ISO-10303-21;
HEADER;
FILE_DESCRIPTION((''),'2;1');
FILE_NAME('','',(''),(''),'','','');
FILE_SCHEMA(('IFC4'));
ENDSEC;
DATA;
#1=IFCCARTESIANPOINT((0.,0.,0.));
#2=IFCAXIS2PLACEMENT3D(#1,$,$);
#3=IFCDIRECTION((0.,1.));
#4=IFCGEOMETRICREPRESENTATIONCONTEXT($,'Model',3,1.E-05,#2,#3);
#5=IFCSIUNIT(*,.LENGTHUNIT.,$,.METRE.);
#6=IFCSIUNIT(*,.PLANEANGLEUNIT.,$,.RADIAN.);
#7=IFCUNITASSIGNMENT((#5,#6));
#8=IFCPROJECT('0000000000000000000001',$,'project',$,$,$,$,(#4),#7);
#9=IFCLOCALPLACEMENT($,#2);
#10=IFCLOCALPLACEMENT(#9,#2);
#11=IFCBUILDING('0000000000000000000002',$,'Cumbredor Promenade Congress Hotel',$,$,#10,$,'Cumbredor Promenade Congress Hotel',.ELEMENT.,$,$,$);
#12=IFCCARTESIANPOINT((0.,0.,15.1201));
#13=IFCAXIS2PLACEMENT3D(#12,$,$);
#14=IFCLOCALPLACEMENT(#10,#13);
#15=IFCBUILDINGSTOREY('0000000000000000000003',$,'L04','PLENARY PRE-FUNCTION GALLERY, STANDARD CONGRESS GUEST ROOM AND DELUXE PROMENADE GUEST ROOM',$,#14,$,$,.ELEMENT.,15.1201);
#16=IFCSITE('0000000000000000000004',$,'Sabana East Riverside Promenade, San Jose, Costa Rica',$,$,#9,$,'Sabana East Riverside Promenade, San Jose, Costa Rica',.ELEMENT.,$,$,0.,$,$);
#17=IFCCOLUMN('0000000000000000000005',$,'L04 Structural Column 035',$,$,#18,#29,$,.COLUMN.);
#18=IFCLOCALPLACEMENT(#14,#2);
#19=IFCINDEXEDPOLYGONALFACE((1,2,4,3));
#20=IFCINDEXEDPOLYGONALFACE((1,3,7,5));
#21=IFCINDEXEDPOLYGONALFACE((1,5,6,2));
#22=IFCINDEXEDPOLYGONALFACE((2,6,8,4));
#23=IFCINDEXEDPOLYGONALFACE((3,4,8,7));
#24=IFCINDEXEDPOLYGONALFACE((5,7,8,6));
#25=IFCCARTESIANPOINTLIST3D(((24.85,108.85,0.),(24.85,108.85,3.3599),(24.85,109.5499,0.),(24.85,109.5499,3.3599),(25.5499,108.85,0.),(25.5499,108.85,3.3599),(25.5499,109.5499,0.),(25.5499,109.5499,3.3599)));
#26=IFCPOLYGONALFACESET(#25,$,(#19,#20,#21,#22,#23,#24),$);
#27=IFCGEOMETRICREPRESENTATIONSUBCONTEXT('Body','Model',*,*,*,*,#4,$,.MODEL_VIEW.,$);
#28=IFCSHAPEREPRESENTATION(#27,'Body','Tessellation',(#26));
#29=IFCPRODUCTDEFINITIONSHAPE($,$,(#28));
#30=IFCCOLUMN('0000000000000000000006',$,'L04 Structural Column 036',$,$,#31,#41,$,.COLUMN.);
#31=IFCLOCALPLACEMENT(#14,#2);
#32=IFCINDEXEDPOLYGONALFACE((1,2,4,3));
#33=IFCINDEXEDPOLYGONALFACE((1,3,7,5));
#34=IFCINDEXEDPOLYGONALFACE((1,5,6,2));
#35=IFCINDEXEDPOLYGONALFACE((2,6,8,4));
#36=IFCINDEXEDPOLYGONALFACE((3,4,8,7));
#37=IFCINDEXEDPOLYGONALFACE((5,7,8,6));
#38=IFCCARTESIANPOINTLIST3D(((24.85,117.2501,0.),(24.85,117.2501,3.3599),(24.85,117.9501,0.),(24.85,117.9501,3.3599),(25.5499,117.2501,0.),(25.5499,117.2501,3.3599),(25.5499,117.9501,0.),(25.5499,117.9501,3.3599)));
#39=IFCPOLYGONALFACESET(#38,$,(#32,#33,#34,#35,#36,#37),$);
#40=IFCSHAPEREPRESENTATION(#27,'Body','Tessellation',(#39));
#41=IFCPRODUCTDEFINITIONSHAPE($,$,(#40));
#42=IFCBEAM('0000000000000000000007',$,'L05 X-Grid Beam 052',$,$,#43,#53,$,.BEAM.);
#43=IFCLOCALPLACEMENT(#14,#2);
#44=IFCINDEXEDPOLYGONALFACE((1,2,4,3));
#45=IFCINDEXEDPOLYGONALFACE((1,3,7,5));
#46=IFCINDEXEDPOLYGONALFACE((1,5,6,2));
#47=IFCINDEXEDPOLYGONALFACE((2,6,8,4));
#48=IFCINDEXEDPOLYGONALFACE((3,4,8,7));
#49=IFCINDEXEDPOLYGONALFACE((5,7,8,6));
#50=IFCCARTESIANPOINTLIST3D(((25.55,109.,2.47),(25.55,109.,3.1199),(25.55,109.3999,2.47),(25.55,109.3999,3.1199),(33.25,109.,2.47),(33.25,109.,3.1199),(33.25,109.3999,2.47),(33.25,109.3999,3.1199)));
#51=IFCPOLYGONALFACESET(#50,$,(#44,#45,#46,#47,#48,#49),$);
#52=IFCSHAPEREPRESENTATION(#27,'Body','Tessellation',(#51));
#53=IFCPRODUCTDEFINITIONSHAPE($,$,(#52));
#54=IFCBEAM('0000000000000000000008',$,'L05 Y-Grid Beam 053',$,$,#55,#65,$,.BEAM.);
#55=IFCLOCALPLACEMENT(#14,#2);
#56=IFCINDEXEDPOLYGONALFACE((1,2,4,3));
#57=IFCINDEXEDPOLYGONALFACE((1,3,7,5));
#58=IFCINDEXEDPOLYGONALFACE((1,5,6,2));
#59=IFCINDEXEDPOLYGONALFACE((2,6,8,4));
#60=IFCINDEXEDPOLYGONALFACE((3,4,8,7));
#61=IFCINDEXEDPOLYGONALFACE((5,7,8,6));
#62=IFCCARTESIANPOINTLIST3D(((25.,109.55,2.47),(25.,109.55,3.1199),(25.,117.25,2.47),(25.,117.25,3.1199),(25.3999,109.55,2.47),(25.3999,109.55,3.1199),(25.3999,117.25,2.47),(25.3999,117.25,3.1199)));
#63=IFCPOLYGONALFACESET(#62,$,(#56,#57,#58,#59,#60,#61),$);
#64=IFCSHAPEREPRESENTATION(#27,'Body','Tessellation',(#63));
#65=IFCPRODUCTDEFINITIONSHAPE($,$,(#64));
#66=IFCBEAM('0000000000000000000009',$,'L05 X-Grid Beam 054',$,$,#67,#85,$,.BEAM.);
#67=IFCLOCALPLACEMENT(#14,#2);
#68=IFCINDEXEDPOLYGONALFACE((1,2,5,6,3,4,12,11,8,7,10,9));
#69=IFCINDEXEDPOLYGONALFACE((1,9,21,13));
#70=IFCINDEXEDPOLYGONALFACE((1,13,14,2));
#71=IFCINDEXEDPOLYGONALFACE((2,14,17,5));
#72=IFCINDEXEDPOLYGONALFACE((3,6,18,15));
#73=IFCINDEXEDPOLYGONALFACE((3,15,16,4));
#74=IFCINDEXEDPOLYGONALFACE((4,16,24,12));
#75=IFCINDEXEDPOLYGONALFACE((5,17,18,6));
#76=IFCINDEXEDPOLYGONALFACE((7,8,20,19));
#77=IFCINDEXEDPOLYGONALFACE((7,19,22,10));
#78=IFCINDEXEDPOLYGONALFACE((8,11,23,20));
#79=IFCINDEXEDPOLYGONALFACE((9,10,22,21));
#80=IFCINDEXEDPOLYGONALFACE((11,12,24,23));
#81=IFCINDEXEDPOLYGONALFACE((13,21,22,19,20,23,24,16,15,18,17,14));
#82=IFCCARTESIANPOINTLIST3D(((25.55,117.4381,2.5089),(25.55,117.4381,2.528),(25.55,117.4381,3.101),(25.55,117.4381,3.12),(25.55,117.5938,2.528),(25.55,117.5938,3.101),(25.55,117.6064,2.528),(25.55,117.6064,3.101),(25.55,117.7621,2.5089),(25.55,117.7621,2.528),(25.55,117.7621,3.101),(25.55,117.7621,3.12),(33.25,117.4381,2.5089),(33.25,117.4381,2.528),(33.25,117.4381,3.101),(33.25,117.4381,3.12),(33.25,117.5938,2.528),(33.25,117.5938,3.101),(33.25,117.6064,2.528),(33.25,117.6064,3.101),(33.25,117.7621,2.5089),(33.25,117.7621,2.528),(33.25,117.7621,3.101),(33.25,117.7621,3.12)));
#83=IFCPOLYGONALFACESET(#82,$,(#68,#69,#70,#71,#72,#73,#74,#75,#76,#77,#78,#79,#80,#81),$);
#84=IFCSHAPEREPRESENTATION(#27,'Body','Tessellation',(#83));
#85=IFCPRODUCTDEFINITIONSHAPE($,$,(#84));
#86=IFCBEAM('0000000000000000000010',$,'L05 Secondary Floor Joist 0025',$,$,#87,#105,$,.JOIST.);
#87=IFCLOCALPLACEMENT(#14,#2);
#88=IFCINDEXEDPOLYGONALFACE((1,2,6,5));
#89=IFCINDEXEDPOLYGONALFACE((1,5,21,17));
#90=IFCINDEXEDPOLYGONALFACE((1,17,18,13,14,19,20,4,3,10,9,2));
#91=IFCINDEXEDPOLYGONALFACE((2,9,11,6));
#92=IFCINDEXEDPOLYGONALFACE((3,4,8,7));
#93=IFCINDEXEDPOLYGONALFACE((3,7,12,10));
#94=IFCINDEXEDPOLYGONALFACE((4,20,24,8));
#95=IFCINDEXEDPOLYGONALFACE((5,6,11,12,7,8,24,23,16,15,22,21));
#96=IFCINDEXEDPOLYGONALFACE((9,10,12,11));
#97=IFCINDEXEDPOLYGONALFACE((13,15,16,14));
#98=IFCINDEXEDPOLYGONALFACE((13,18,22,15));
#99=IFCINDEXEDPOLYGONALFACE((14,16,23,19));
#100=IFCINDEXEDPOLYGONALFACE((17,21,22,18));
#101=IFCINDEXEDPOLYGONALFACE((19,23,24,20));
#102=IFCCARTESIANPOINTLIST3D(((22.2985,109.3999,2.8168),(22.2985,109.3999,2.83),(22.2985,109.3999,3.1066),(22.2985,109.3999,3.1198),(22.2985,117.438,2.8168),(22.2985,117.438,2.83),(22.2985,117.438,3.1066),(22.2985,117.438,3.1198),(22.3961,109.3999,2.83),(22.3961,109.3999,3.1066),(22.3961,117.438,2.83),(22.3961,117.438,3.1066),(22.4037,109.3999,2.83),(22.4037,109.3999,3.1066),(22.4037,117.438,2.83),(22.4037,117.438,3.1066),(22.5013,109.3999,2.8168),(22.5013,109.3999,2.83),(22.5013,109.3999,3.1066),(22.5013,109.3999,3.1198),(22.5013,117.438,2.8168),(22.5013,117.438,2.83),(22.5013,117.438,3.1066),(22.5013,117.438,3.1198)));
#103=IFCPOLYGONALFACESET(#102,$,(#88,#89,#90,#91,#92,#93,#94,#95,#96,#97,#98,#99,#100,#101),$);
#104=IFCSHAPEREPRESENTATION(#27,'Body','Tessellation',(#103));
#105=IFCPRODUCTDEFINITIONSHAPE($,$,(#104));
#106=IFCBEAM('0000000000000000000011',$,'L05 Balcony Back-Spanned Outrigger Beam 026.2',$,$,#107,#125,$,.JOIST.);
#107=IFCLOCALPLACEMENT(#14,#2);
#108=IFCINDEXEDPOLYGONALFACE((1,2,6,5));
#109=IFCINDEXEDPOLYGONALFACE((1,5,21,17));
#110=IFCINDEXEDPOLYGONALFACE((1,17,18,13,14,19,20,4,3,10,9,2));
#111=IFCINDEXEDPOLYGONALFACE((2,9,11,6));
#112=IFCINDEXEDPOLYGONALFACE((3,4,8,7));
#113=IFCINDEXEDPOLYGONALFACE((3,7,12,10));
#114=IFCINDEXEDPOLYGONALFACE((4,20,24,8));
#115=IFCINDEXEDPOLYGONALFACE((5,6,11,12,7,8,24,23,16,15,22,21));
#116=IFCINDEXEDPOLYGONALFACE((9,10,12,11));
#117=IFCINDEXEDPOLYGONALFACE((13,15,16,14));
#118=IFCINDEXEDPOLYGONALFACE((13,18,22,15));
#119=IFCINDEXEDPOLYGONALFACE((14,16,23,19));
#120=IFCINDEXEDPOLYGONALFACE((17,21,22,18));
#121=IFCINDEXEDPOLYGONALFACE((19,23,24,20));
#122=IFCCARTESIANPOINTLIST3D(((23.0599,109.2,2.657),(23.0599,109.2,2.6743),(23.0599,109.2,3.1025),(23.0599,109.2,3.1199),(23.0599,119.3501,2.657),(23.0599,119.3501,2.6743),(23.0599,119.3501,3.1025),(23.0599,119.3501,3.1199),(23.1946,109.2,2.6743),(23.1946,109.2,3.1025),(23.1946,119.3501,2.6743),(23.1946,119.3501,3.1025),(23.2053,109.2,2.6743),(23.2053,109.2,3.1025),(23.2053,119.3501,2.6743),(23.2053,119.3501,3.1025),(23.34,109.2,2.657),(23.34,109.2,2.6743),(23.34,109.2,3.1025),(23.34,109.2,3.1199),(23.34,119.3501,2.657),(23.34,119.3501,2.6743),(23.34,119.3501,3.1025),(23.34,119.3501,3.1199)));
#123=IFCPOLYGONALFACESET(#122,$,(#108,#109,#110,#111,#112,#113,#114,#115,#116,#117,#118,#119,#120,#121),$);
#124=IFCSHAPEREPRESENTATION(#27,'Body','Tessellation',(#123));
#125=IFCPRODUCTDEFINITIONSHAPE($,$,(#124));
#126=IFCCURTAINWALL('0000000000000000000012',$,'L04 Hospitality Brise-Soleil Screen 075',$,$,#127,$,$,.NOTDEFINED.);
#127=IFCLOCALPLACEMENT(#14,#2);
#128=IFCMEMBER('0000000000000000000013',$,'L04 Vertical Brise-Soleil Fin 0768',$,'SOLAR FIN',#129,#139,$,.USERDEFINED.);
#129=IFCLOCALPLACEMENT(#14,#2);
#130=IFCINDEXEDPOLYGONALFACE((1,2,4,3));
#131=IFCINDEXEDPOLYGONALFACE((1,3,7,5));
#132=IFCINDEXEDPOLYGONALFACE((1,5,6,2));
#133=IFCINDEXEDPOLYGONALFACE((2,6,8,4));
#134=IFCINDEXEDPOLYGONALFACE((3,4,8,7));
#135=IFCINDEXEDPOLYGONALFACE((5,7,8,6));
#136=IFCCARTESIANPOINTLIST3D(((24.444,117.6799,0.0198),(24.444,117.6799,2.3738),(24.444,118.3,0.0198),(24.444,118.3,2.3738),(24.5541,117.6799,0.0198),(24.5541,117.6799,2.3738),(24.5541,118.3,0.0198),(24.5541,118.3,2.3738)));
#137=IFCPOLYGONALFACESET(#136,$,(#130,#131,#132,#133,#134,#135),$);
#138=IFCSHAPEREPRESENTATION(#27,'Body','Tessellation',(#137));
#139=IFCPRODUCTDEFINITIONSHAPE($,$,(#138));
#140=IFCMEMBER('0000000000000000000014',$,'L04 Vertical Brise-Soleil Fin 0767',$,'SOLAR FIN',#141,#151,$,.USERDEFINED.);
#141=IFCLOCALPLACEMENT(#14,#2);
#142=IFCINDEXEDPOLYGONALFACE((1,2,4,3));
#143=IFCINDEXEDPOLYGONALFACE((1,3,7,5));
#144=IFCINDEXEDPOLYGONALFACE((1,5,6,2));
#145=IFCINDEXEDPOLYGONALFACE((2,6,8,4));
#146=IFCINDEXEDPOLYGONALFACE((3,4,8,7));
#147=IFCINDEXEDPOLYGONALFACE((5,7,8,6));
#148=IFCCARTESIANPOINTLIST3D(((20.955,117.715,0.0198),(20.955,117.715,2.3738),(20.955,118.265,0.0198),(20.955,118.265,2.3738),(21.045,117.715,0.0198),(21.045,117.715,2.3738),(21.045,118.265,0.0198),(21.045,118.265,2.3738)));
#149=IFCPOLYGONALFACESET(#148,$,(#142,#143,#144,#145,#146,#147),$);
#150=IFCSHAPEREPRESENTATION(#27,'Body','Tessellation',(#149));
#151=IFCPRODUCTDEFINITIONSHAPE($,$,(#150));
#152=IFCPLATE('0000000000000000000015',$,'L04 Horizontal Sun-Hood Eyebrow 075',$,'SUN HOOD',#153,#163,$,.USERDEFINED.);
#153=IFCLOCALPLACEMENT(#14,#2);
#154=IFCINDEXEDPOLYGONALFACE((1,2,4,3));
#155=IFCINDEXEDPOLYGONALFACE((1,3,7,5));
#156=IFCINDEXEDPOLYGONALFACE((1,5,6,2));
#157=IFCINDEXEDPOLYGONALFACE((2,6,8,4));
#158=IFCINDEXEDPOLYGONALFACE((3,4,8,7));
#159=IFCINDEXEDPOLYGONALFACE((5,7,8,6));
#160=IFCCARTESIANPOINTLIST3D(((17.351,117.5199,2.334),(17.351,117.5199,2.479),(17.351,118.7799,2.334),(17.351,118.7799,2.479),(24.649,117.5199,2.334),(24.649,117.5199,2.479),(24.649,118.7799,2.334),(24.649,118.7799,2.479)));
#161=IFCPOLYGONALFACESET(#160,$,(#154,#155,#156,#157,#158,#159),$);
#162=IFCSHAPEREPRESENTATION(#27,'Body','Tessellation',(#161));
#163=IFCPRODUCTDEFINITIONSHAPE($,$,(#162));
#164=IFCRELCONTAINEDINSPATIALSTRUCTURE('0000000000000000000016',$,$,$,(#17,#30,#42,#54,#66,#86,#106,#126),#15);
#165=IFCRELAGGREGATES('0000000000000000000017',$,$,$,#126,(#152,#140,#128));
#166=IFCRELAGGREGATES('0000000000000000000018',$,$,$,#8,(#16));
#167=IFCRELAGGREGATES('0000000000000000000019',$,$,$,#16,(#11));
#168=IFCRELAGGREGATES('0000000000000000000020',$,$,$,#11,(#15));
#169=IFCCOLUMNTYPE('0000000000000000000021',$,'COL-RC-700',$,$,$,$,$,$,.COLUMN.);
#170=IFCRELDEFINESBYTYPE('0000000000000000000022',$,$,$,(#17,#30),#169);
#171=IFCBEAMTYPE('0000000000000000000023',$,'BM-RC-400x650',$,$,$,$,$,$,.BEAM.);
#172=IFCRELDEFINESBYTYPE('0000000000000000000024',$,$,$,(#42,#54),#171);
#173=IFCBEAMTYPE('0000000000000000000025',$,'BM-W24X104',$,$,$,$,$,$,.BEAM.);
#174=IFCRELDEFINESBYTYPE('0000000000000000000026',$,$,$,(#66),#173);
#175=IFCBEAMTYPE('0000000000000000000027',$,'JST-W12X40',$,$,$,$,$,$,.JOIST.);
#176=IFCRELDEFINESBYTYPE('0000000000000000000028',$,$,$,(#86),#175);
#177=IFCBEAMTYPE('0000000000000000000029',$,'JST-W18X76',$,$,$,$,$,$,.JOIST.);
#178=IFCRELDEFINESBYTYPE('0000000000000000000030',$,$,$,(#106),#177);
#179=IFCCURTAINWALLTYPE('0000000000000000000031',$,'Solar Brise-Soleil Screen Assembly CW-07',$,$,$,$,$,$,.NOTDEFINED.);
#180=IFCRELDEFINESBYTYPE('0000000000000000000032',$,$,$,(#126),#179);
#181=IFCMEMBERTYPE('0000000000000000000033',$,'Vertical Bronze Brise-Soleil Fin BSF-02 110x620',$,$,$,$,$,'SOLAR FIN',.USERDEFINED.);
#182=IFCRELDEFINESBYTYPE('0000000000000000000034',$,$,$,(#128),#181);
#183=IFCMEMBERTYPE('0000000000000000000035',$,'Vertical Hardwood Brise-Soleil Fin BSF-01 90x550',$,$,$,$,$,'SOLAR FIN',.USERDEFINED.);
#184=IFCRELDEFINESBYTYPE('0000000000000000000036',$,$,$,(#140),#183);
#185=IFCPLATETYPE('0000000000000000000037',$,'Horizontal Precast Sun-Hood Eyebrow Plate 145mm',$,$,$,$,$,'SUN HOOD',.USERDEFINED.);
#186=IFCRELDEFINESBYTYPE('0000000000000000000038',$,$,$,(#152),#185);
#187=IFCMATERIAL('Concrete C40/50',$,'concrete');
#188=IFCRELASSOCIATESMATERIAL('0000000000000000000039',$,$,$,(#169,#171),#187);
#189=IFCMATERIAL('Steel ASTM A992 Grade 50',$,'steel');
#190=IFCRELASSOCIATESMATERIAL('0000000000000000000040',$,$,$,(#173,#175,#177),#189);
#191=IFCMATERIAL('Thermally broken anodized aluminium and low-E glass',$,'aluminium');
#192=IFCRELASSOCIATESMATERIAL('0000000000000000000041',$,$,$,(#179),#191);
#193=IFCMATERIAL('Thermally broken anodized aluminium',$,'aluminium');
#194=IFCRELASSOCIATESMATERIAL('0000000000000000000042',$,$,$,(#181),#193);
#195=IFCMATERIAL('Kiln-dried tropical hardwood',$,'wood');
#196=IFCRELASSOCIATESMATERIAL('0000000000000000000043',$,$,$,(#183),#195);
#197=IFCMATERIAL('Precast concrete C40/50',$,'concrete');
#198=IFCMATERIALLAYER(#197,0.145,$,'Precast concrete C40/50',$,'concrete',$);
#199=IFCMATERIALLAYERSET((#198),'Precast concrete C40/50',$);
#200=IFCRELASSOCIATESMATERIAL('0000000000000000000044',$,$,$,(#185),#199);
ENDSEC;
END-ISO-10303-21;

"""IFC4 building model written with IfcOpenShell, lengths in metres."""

from ifc_helpers import new_model, si_unit, direction, frame, origin, origin_2d, place, context, subcontext, project, spatial, rectangle, i_section, extrude, material, layer, layer_set, material_profile, profile_set, type_object, element, aggregate, save


model = new_model("IFC4")

# Units and contexts
model_context = context("Model", 3, precision=1e-05, world=origin(), true_north=direction((0.0, 1.0)))
body_context = subcontext(model_context, "Body", "Model", "MODEL_VIEW")
ifc_project = project(units=[si_unit("LENGTHUNIT", "METRE"), si_unit("PLANEANGLEUNIT", "RADIAN")], contexts=[model_context])

# Site, building, storey
site_placement = place(None, origin())
site = spatial("IfcSite", under=ifc_project, at=site_placement, Name="Sabana East Riverside Promenade, San Jose, Costa Rica", LongName="Sabana East Riverside Promenade, San Jose, Costa Rica", CompositionType="ELEMENT", RefElevation=0.0)
building_placement = place(site_placement, origin())
building = spatial("IfcBuilding", under=site, at=building_placement, Name="Cumbredor Promenade Congress Hotel", LongName="Cumbredor Promenade Congress Hotel", CompositionType="ELEMENT")
storey_placement = place(building_placement, frame((0.0, 0.0, 15.1201)))
storey = spatial("IfcBuildingStorey", under=building, at=storey_placement, Name="L04", Description="PLENARY PRE-FUNCTION GALLERY, STANDARD CONGRESS GUEST ROOM AND DELUXE PROMENADE GUEST ROOM", CompositionType="ELEMENT", Elevation=15.1201)

# Columns
ifc_material_1 = material(Name="Concrete C40/50", Category="concrete")
ifc_material_profile_1 = material_profile(ifc_material_1, rectangle(XDim=0.7, YDim=0.7, at=origin_2d()), Name="RC 700x700")
ifc_profile_set_1 = profile_set([ifc_material_profile_1], Name="Concrete C40/50")
column_type = type_object("IfcColumnType", Name="COL-RC-700", PredefinedType="COLUMN", material=ifc_profile_set_1)
for number, where, z_axis, x_axis, name in (
    (1, (25.2, 109.2, 0.0), (0.0, 0.0, 1.0), (1.0, 0.0, 0.0), "L04 Structural Column 035"),
    (2, (25.2, 117.6001, 0.0), (0.0, 0.0, 1.0), (1.0, 0.0, 0.0), "L04 Structural Column 036"),
):
    element("IfcColumn", number, at=place(storey_placement, frame(where, z_axis=z_axis, x_axis=x_axis)), inside=storey, type_object=column_type, Name=name, PredefinedType="COLUMN", context=body_context, shape_type="SweptSolid", body=[
        extrude(rectangle(XDim=0.7, YDim=0.7, at=origin_2d()), origin(), (0.0, 0.0, 1.0), 3.3599),
    ])

# Beams
ifc_material_profile_2 = material_profile(ifc_material_1, rectangle(XDim=0.3999, YDim=0.6499, at=origin_2d()), Name="RC BEAM 400x650")
ifc_profile_set_2 = profile_set([ifc_material_profile_2], Name="Concrete C40/50")
beam_type_1 = type_object("IfcBeamType", Name="BM-RC-400x650", PredefinedType="BEAM", material=ifc_profile_set_2)
for number, where, z_axis, x_axis, name in (
    (3, (25.55, 109.2, 2.7949), (1.0, 0.0, 0.0), (0.0, 1.0, 0.0), "L05 X-Grid Beam 052"),
    (4, (25.2, 109.55, 2.7949), (0.0, 1.0, 0.0), (-1.0, 0.0, 0.0), "L05 Y-Grid Beam 053"),
):
    element("IfcBeam", number, at=place(storey_placement, frame(where, z_axis=z_axis, x_axis=x_axis)), inside=storey, type_object=beam_type_1, Name=name, PredefinedType="BEAM", context=body_context, shape_type="SweptSolid", body=[
        extrude(rectangle(XDim=0.3999, YDim=0.6499, at=origin_2d()), origin(), (0.0, 0.0, 1.0), 7.7),
    ])
ifc_material_2 = material(Name="Steel ASTM A992 Grade 50", Category="steel")
ifc_material_profile_3 = material_profile(ifc_material_2, i_section(OverallWidth=0.324, OverallDepth=0.6111, WebThickness=0.0127, FlangeThickness=0.019, at=origin_2d()), Name="W24X104")
ifc_profile_set_3 = profile_set([ifc_material_profile_3], Name="Steel ASTM A992 Grade 50")
beam_type_2 = type_object("IfcBeamType", Name="BM-W24X104", PredefinedType="BEAM", material=ifc_profile_set_3)
beam_1_placement = place(storey_placement, frame((25.55, 117.6001, 2.8145), z_axis=(1.0, 0.0, 0.0), x_axis=(0.0, 1.0, 0.0)))
element("IfcBeam", 5, at=beam_1_placement, inside=storey, type_object=beam_type_2, Name="L05 X-Grid Beam 054", PredefinedType="BEAM", context=body_context, shape_type="SweptSolid", body=[
    extrude(i_section(OverallWidth=0.324, OverallDepth=0.6111, WebThickness=0.0127, FlangeThickness=0.019, at=origin_2d()), origin(), (0.0, 0.0, 1.0), 7.7),
])
ifc_material_profile_4 = material_profile(ifc_material_2, i_section(OverallWidth=0.2029, OverallDepth=0.303, WebThickness=0.0076, FlangeThickness=0.0132, at=origin_2d()), Name="W12X40")
ifc_profile_set_4 = profile_set([ifc_material_profile_4], Name="Steel ASTM A992 Grade 50")
beam_type_3 = type_object("IfcBeamType", Name="JST-W12X40", PredefinedType="JOIST", material=ifc_profile_set_4)
beam_2_placement = place(storey_placement, frame((22.3999, 109.3999, 2.9683), z_axis=(0.0, 1.0, 0.0), x_axis=(-1.0, 0.0, 0.0)))
element("IfcBeam", 6, at=beam_2_placement, inside=storey, type_object=beam_type_3, Name="L05 Secondary Floor Joist 0025", PredefinedType="JOIST", context=body_context, shape_type="SweptSolid", body=[
    extrude(i_section(OverallWidth=0.2029, OverallDepth=0.303, WebThickness=0.0076, FlangeThickness=0.0132, at=origin_2d()), origin(), (0.0, 0.0, 1.0), 8.0381),
])
ifc_material_profile_5 = material_profile(ifc_material_2, i_section(OverallWidth=0.28, OverallDepth=0.4629, WebThickness=0.0107, FlangeThickness=0.0173, at=origin_2d()), Name="W18X76")
ifc_profile_set_5 = profile_set([ifc_material_profile_5], Name="Steel ASTM A992 Grade 50")
beam_type_4 = type_object("IfcBeamType", Name="JST-W18X76", PredefinedType="JOIST", material=ifc_profile_set_5)
beam_3_placement = place(storey_placement, frame((23.2, 109.2, 2.8884), z_axis=(0.0, 1.0, 0.0), x_axis=(-1.0, 0.0, 0.0)))
element("IfcBeam", 7, at=beam_3_placement, inside=storey, type_object=beam_type_4, Name="L05 Balcony Back-Spanned Outrigger Beam 026.2", PredefinedType="JOIST", context=body_context, shape_type="SweptSolid", body=[
    extrude(i_section(OverallWidth=0.28, OverallDepth=0.4629, WebThickness=0.0107, FlangeThickness=0.0173, at=origin_2d()), origin(), (0.0, 0.0, 1.0), 10.1501),
])

# Curtain wall, members, plate
ifc_material_3 = material(Name="Thermally broken anodized aluminium and low-E glass", Category="aluminium")
curtain_wall_type = type_object("IfcCurtainWallType", Name="Solar Brise-Soleil Screen Assembly CW-07", PredefinedType="NOTDEFINED", material=ifc_material_3)
curtain_wall_placement = place(storey_placement, origin())
curtain_wall = element("IfcCurtainWall", 8, at=curtain_wall_placement, inside=storey, type_object=curtain_wall_type, Name="L04 Hospitality Brise-Soleil Screen 075", PredefinedType="NOTDEFINED")
ifc_material_4 = material(Name="Thermally broken anodized aluminium", Category="aluminium")
ifc_material_profile_6 = material_profile(ifc_material_4, rectangle(XDim=0.1101, YDim=0.6201, at=origin_2d()), Name="ARCH FIN 110x620")
ifc_profile_set_6 = profile_set([ifc_material_profile_6], Name="Thermally broken anodized aluminium")
member_type_1 = type_object("IfcMemberType", Name="Vertical Bronze Brise-Soleil Fin BSF-02 110x620", ElementType="SOLAR FIN", PredefinedType="USERDEFINED", material=ifc_profile_set_6)
member_1_placement = place(storey_placement, frame((24.499, 117.99, 0.0198), z_axis=(0.0, 0.0, 1.0), x_axis=(1.0, 0.0, 0.0)))
member_1 = element("IfcMember", 9, at=member_1_placement, type_object=member_type_1, Name="L04 Vertical Brise-Soleil Fin 0768", ObjectType="SOLAR FIN", PredefinedType="USERDEFINED", context=body_context, shape_type="SweptSolid", body=[
    extrude(rectangle(XDim=0.1101, YDim=0.6201, at=origin_2d()), origin(), (0.0, 0.0, 1.0), 2.354),
])
ifc_material_5 = material(Name="Kiln-dried tropical hardwood", Category="wood")
ifc_material_profile_7 = material_profile(ifc_material_5, rectangle(XDim=0.0901, YDim=0.55, at=origin_2d()), Name="ARCH FIN 90x550")
ifc_profile_set_7 = profile_set([ifc_material_profile_7], Name="Kiln-dried tropical hardwood")
member_type_2 = type_object("IfcMemberType", Name="Vertical Hardwood Brise-Soleil Fin BSF-01 90x550", ElementType="SOLAR FIN", PredefinedType="USERDEFINED", material=ifc_profile_set_7)
member_2_placement = place(storey_placement, frame((21.0, 117.99, 0.0198), z_axis=(0.0, 0.0, 1.0), x_axis=(1.0, 0.0, 0.0)))
member_2 = element("IfcMember", 10, at=member_2_placement, type_object=member_type_2, Name="L04 Vertical Brise-Soleil Fin 0767", ObjectType="SOLAR FIN", PredefinedType="USERDEFINED", context=body_context, shape_type="SweptSolid", body=[
    extrude(rectangle(XDim=0.0901, YDim=0.55, at=origin_2d()), origin(), (0.0, 0.0, 1.0), 2.354),
])
ifc_material_6 = material(Name="Precast concrete C40/50", Category="concrete")
ifc_layer_1 = layer(ifc_material_6, 0.145, Name="Precast concrete C40/50", Category="concrete")
ifc_layer_set_1 = layer_set([ifc_layer_1], Name="Precast concrete C40/50")
plate_type = type_object("IfcPlateType", Name="Horizontal Precast Sun-Hood Eyebrow Plate 145mm", ElementType="SUN HOOD", PredefinedType="USERDEFINED", material=ifc_layer_set_1)
plate_placement = place(storey_placement, frame((21.0, 118.1499, 2.334), z_axis=(0.0, 0.0, 1.0), x_axis=(1.0, 0.0, 0.0)))
plate = element("IfcPlate", 11, at=plate_placement, type_object=plate_type, Name="L04 Horizontal Sun-Hood Eyebrow 075", ObjectType="SUN HOOD", PredefinedType="USERDEFINED", context=body_context, shape_type="SweptSolid", body=[
    extrude(rectangle(XDim=7.2981, YDim=1.26, at=origin_2d()), origin(), (0.0, 0.0, 1.0), 0.145),
])
aggregate(curtain_wall, [plate, member_2, member_1])

save(model, "model.ifc")
